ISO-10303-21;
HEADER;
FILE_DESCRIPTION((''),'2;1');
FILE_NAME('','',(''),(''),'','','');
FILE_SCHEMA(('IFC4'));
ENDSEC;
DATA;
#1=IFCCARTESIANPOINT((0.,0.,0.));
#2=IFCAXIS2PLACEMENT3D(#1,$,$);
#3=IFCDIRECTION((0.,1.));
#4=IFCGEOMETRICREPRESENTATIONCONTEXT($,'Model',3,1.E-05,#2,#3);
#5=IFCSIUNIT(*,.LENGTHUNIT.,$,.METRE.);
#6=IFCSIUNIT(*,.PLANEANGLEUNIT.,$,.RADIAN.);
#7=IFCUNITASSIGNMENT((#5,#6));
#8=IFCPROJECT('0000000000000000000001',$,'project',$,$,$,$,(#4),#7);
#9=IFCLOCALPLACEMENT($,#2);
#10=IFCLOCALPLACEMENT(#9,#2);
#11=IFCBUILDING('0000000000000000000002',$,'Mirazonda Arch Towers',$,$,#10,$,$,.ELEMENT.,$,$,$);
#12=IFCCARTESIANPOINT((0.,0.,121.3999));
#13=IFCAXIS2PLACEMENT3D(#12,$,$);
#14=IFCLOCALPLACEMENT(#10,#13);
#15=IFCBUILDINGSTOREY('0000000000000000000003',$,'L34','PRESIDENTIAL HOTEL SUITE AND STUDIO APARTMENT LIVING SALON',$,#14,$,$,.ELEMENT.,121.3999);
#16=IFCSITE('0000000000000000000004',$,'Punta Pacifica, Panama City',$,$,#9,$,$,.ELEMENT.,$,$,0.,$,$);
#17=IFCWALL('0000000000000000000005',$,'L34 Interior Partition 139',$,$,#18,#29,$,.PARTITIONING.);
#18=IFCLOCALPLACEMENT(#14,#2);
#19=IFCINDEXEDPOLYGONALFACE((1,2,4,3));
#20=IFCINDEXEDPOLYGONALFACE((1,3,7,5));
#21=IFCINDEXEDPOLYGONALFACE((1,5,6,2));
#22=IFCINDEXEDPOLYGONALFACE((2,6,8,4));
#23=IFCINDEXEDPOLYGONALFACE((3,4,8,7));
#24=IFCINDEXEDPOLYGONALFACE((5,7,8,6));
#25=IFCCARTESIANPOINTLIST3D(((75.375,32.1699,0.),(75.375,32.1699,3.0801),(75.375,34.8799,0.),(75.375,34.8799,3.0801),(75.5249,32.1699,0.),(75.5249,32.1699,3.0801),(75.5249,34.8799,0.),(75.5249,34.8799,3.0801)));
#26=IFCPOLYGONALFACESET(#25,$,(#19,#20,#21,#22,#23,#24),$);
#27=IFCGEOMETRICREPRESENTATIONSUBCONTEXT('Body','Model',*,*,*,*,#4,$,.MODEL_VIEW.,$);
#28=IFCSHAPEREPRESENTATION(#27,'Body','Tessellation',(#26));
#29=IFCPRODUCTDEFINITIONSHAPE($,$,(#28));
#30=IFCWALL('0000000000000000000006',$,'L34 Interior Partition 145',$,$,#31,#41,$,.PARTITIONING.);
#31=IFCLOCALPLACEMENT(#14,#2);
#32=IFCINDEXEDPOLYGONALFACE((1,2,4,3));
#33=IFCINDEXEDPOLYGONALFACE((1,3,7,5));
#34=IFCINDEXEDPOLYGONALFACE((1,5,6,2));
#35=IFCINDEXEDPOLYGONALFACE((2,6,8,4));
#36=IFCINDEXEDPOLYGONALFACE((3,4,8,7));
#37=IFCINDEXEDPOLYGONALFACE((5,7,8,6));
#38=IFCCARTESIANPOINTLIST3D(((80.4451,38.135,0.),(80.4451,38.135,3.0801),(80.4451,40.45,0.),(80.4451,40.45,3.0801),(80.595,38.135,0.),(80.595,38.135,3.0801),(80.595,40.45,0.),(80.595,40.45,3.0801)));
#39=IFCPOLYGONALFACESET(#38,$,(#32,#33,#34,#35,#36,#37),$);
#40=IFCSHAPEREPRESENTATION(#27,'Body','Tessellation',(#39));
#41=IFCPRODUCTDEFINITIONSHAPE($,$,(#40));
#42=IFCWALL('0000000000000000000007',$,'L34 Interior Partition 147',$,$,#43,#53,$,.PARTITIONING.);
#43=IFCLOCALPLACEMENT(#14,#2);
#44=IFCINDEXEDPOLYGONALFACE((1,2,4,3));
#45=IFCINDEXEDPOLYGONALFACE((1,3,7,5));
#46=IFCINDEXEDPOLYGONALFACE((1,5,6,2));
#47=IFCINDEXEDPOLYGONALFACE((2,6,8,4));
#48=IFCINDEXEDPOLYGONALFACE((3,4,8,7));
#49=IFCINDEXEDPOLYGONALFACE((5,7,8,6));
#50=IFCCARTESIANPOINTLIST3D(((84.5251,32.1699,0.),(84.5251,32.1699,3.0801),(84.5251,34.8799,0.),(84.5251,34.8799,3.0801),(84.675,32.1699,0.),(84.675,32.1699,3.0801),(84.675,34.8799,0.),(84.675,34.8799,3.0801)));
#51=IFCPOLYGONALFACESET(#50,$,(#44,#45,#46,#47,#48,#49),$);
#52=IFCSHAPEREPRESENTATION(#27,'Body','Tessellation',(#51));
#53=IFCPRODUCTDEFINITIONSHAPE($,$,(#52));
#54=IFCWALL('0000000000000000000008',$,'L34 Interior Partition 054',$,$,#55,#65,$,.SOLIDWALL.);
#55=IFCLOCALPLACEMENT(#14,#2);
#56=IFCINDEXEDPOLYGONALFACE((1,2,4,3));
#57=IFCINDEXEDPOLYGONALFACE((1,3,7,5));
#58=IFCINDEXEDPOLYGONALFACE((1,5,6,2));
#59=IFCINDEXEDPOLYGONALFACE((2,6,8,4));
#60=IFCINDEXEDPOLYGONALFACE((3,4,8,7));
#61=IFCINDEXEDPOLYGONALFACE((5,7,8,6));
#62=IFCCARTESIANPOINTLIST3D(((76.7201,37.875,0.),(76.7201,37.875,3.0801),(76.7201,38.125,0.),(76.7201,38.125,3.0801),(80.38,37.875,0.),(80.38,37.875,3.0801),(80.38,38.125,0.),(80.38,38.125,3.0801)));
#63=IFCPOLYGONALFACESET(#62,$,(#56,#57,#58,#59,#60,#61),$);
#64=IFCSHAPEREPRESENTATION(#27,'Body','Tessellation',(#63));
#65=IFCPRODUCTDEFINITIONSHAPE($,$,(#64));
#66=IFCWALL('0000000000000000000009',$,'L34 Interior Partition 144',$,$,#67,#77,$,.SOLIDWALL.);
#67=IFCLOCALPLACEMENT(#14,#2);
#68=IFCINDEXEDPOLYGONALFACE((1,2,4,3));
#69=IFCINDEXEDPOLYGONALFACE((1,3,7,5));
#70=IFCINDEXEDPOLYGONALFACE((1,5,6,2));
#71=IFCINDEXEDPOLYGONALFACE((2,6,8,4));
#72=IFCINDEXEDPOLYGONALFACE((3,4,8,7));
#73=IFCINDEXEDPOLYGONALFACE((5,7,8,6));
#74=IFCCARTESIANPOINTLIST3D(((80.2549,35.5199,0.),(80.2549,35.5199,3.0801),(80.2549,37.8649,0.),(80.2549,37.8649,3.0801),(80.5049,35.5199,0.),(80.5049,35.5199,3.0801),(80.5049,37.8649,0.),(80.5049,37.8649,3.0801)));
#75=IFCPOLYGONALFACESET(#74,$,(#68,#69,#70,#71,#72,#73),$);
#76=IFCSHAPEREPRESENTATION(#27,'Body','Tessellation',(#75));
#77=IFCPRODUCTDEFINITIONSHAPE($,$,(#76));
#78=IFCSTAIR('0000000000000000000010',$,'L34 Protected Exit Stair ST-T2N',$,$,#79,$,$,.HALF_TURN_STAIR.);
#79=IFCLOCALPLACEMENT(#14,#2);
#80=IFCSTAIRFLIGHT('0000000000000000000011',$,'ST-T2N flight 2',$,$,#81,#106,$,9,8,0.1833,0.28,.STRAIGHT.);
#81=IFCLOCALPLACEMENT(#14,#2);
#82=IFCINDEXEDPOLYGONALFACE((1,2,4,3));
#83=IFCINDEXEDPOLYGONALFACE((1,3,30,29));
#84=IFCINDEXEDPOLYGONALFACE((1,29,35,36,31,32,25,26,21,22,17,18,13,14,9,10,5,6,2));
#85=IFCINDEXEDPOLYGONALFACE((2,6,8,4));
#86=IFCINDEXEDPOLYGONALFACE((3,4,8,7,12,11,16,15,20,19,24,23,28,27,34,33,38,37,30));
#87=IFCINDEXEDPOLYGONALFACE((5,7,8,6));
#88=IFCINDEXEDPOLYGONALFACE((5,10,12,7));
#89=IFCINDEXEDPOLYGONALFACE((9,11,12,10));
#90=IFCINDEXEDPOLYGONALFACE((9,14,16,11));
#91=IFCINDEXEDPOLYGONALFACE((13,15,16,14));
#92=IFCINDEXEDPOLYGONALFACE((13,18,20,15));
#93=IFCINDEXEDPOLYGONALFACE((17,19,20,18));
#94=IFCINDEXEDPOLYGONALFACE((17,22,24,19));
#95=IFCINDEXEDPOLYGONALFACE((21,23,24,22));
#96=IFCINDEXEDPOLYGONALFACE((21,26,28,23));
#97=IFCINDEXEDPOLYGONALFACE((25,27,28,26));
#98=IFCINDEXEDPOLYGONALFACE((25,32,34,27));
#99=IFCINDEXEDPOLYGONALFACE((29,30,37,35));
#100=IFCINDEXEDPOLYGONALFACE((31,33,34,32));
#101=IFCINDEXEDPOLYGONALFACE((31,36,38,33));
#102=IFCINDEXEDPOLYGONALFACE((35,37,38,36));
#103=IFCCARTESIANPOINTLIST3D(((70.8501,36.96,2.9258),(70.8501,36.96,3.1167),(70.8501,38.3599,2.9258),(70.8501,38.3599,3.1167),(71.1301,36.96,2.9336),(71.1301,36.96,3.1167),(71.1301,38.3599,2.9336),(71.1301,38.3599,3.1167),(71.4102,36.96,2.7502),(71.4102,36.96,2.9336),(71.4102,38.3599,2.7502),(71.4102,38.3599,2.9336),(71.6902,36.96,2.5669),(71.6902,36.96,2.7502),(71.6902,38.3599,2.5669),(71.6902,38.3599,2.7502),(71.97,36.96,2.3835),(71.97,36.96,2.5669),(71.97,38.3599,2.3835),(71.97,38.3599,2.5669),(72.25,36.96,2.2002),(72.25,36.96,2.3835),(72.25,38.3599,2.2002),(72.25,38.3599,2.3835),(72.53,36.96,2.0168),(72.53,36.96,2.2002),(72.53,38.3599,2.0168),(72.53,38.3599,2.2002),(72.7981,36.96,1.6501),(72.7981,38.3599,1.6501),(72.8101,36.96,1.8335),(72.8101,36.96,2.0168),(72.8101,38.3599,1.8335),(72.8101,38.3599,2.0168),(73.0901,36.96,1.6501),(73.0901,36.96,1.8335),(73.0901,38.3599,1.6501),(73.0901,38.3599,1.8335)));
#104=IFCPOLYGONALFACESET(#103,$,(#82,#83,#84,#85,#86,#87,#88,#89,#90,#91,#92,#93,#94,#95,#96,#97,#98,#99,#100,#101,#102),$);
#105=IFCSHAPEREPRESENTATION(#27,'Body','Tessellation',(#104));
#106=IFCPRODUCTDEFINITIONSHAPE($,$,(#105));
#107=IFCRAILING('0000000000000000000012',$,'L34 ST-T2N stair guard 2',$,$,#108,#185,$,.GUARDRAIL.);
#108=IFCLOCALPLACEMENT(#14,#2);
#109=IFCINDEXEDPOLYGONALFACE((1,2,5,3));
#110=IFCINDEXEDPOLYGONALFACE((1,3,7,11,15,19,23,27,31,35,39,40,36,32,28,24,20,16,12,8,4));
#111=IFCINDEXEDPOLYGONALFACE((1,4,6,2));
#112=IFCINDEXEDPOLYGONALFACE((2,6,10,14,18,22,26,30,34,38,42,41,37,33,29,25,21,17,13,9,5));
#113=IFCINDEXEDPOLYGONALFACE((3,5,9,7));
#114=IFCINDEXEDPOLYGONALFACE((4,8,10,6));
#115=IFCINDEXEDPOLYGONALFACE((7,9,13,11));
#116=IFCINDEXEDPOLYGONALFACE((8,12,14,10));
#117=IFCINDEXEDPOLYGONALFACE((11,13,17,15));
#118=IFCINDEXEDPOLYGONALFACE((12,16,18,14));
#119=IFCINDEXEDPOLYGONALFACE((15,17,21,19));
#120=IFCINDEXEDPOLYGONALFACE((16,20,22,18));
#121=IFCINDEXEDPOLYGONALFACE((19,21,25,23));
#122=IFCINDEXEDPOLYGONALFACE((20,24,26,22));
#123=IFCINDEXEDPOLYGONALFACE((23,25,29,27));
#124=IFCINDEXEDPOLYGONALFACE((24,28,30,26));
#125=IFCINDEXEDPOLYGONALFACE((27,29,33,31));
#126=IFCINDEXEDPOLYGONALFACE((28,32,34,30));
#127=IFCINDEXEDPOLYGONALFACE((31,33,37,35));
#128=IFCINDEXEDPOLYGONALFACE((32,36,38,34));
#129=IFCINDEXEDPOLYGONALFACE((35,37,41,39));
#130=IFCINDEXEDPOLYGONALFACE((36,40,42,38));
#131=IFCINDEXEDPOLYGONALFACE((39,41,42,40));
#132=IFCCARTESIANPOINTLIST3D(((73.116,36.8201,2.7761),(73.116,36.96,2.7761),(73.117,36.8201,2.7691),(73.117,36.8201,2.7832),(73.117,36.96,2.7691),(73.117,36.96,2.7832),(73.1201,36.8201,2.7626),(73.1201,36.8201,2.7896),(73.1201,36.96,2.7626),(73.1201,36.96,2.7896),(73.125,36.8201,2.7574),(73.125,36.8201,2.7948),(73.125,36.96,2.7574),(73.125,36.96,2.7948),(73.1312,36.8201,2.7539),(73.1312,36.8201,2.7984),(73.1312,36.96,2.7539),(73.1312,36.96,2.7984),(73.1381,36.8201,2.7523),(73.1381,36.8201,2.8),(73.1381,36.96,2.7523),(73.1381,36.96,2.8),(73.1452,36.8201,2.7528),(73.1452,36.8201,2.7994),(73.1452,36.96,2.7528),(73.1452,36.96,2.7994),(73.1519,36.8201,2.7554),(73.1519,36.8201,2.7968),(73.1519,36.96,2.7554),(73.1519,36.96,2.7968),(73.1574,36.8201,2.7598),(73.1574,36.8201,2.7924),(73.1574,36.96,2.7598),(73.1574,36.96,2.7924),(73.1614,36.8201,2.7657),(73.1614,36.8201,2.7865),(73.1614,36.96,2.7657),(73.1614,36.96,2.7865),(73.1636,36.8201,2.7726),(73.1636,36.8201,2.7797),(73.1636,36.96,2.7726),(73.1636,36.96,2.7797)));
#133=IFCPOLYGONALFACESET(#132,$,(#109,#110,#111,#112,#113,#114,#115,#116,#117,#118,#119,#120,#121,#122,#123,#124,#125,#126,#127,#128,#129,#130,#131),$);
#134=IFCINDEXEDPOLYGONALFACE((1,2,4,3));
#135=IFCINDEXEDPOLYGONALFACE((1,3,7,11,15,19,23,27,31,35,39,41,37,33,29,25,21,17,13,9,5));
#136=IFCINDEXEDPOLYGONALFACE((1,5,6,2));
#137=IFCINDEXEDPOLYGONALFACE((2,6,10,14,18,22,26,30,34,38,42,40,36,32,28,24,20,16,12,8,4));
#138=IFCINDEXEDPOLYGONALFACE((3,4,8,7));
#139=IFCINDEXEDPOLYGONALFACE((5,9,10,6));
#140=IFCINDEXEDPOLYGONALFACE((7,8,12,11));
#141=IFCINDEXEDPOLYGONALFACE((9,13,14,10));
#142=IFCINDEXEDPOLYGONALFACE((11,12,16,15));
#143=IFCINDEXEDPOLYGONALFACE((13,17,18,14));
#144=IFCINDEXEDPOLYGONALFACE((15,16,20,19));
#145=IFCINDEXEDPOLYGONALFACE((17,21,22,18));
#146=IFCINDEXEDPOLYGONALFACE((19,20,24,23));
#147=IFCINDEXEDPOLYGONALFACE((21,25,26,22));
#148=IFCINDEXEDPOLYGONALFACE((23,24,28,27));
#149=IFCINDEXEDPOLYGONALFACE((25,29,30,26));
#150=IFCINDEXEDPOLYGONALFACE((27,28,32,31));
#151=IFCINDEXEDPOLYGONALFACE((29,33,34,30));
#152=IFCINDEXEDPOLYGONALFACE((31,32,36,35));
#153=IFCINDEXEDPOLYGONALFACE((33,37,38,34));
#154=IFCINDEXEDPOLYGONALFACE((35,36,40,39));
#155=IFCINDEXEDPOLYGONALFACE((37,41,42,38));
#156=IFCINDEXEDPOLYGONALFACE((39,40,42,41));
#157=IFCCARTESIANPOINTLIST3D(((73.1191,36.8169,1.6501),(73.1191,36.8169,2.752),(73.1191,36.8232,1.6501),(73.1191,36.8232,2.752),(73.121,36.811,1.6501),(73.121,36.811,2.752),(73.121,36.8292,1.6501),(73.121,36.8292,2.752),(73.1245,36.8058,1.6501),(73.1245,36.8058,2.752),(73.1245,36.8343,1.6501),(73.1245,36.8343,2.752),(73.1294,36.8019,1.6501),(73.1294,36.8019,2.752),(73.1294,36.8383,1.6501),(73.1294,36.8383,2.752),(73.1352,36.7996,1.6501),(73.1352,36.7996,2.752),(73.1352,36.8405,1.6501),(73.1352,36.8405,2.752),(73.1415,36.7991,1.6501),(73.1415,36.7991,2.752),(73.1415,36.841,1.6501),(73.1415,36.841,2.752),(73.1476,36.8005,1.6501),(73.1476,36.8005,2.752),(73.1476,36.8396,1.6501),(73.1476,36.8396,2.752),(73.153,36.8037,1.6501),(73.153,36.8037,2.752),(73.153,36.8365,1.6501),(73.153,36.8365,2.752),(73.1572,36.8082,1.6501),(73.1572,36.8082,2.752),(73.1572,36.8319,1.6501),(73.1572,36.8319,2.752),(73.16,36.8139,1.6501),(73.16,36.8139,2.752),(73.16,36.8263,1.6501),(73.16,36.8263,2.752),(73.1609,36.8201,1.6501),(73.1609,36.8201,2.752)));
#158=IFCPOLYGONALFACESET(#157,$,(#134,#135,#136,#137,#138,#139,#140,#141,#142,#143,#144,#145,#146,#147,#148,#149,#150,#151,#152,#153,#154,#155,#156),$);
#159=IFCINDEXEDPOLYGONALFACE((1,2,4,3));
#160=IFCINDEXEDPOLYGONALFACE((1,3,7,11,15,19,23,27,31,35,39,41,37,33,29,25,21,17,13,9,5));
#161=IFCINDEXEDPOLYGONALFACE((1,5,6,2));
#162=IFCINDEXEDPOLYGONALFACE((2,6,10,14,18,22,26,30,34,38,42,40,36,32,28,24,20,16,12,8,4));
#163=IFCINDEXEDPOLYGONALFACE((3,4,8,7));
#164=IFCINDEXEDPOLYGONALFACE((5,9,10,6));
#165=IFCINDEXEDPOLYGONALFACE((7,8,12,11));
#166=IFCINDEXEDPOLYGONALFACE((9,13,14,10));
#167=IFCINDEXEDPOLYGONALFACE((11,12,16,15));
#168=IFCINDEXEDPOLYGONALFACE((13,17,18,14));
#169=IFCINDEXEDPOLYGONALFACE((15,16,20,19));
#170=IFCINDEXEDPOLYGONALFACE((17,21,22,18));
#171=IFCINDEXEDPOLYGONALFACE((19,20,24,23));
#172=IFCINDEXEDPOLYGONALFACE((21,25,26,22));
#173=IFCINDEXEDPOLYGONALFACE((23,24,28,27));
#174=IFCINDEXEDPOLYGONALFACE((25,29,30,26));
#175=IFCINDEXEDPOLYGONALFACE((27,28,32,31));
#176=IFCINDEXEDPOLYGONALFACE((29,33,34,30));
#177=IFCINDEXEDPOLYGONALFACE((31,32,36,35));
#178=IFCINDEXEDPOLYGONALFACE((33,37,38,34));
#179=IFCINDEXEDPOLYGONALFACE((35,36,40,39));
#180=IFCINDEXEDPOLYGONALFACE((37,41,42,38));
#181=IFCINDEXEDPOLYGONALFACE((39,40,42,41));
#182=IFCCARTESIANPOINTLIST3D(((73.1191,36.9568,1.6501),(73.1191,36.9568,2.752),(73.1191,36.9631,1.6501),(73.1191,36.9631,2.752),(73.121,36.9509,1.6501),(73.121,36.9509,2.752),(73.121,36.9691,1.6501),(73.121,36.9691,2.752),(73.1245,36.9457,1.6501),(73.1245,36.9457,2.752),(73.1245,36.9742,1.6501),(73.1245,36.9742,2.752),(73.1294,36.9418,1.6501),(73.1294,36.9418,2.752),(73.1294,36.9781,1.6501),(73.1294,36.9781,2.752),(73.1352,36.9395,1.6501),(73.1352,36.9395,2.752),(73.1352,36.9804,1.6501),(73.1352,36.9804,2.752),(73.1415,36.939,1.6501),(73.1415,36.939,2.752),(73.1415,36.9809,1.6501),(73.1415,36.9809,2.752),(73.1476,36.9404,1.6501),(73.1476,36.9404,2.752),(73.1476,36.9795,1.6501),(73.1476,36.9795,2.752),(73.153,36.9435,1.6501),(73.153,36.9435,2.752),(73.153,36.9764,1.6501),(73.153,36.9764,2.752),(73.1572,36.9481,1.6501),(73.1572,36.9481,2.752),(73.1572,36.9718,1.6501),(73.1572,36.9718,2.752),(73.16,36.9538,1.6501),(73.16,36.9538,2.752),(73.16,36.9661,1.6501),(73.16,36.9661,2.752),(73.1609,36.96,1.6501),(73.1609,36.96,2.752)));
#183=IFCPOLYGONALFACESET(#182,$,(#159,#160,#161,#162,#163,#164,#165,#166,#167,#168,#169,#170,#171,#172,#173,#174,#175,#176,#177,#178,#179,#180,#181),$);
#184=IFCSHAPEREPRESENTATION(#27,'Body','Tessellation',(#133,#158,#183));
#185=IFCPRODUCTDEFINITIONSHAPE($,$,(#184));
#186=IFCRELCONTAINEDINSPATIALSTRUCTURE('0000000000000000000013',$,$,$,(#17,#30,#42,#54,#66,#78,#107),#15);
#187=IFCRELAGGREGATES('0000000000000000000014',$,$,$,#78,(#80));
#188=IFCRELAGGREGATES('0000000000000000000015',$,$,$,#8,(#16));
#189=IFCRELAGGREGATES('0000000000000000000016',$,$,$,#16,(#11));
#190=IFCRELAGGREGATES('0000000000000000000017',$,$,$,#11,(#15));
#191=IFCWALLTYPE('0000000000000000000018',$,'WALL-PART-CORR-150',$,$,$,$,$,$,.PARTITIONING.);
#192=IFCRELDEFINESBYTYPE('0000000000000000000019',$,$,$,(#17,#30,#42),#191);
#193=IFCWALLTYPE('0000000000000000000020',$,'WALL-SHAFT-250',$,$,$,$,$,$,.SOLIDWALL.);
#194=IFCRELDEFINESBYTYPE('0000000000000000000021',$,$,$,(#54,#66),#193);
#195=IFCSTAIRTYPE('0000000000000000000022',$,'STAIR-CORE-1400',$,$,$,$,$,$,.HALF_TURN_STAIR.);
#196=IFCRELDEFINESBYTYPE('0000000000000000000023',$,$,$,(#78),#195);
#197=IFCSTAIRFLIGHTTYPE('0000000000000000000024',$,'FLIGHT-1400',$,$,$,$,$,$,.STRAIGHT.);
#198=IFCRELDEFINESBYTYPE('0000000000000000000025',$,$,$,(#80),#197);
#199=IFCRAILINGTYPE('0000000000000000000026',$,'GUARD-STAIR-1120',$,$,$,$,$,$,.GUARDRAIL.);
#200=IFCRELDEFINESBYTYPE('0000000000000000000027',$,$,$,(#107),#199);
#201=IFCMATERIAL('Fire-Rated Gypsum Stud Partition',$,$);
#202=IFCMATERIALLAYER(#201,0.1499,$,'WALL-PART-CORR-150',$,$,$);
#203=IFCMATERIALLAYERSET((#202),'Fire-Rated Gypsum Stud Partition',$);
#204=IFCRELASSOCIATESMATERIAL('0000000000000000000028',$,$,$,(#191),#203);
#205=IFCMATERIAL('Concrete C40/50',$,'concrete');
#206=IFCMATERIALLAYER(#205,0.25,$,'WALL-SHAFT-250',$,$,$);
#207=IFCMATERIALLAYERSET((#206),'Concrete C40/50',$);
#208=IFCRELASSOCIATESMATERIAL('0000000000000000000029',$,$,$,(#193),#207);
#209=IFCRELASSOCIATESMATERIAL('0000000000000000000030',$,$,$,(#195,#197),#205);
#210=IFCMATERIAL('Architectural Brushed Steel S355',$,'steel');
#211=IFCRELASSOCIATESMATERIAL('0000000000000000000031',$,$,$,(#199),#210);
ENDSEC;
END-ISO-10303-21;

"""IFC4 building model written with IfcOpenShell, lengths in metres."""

from ifc_helpers import new_model, si_unit, direction, frame, frame_2d, origin, origin_2d, place, context, subcontext, project, spatial, polyline, rectangle, circle, outline, extrude, material, layer, layer_set, type_object, element, aggregate, save


model = new_model("IFC4")

# Units and contexts
model_context = context("Model", 3, precision=1e-05, world=origin(), true_north=direction((0.0, 1.0)))
body_context = subcontext(model_context, "Body", "Model", "MODEL_VIEW")
ifc_project = project(units=[si_unit("LENGTHUNIT", "METRE"), si_unit("PLANEANGLEUNIT", "RADIAN")], contexts=[model_context])

# Site, building, storey
site_placement = place(None, origin())
site = spatial("IfcSite", under=ifc_project, at=site_placement, Name="Punta Pacifica, Panama City", CompositionType="ELEMENT", RefElevation=0.0)
building_placement = place(site_placement, origin())
building = spatial("IfcBuilding", under=site, at=building_placement, Name="Mirazonda Arch Towers", CompositionType="ELEMENT")
storey_placement = place(building_placement, frame((0.0, 0.0, 121.3999)))
storey = spatial("IfcBuildingStorey", under=building, at=storey_placement, Name="L34", Description="PRESIDENTIAL HOTEL SUITE AND STUDIO APARTMENT LIVING SALON", CompositionType="ELEMENT", Elevation=121.3999)

# Shared definitions
ifc_material_1 = material(Name="Concrete C40/50", Category="concrete")
ifc_material_2 = material(Name="Architectural Brushed Steel S355", Category="steel")

# Walls
ifc_material_3 = material(Name="Fire-Rated Gypsum Stud Partition")
ifc_layer_1 = layer(ifc_material_3, 0.1499, Name="WALL-PART-CORR-150")
ifc_layer_set_1 = layer_set([ifc_layer_1], Name="Fire-Rated Gypsum Stud Partition")
wall_type_1 = type_object("IfcWallType", Name="WALL-PART-CORR-150", PredefinedType="PARTITIONING", material=ifc_layer_set_1)
wall_1_placement = place(storey_placement, frame((75.45, 32.1699, 0.0), z_axis=(0.0, 0.0, 1.0), x_axis=(0.0, 1.0, 0.0)))
element("IfcWall", 1, at=wall_1_placement, inside=storey, type_object=wall_type_1, Name="L34 Interior Partition 139", PredefinedType="PARTITIONING", context=body_context, shape_type="SweptSolid", body=[
    extrude(rectangle(XDim=2.71, YDim=0.1499, at=frame_2d((1.355, 0.0))), origin(), (0.0, 0.0, 1.0), 3.0801),
])
wall_2_placement = place(storey_placement, frame((80.52, 38.135, 0.0), z_axis=(0.0, 0.0, 1.0), x_axis=(0.0, 1.0, 0.0)))
element("IfcWall", 2, at=wall_2_placement, inside=storey, type_object=wall_type_1, Name="L34 Interior Partition 145", PredefinedType="PARTITIONING", context=body_context, shape_type="SweptSolid", body=[
    extrude(rectangle(XDim=2.3149, YDim=0.1499, at=frame_2d((1.1575, 0.0))), origin(), (0.0, 0.0, 1.0), 3.0801),
])
wall_3_placement = place(storey_placement, frame((84.6001, 32.1699, 0.0), z_axis=(0.0, 0.0, 1.0), x_axis=(0.0, 1.0, 0.0)))
element("IfcWall", 3, at=wall_3_placement, inside=storey, type_object=wall_type_1, Name="L34 Interior Partition 147", PredefinedType="PARTITIONING", context=body_context, shape_type="SweptSolid", body=[
    extrude(rectangle(XDim=2.71, YDim=0.1499, at=frame_2d((1.355, 0.0))), origin(), (0.0, 0.0, 1.0), 3.0801),
])
ifc_layer_2 = layer(ifc_material_1, 0.25, Name="WALL-SHAFT-250")
ifc_layer_set_2 = layer_set([ifc_layer_2], Name="Concrete C40/50")
wall_type_2 = type_object("IfcWallType", Name="WALL-SHAFT-250", PredefinedType="SOLIDWALL", material=ifc_layer_set_2)
wall_4_placement = place(storey_placement, frame((76.72, 38.0, 0.0), z_axis=(0.0, 0.0, 1.0), x_axis=(1.0, 0.0, 0.0)))
element("IfcWall", 4, at=wall_4_placement, inside=storey, type_object=wall_type_2, Name="L34 Interior Partition 054", PredefinedType="SOLIDWALL", context=body_context, shape_type="SweptSolid", body=[
    extrude(rectangle(XDim=3.6599, YDim=0.25, at=frame_2d((1.8301, 0.0))), origin(), (0.0, 0.0, 1.0), 3.0801),
])
wall_5_placement = place(storey_placement, frame((80.3799, 35.52, 0.0), z_axis=(0.0, 0.0, 1.0), x_axis=(0.0, 1.0, 0.0)))
element("IfcWall", 5, at=wall_5_placement, inside=storey, type_object=wall_type_2, Name="L34 Interior Partition 144", PredefinedType="SOLIDWALL", context=body_context, shape_type="SweptSolid", body=[
    extrude(rectangle(XDim=2.345, YDim=0.25, at=frame_2d((1.1724, 0.0))), origin(), (0.0, 0.0, 1.0), 3.0801),
])

# Stair, stair flight
stair_type = type_object("IfcStairType", Name="STAIR-CORE-1400", PredefinedType="HALF_TURN_STAIR", material=ifc_material_1)
stair_placement = place(storey_placement, origin())
stair = element("IfcStair", 6, at=stair_placement, inside=storey, type_object=stair_type, Name="L34 Protected Exit Stair ST-T2N", PredefinedType="HALF_TURN_STAIR")
stair_flight_type = type_object("IfcStairFlightType", Name="FLIGHT-1400", PredefinedType="STRAIGHT", material=ifc_material_1)
stair_flight_placement = place(storey_placement, frame((73.0901, 37.6599, 1.6501), z_axis=(0.0, 0.0, 1.0), x_axis=(-1.0, 0.0, 0.0)))
stair_flight = element("IfcStairFlight", 7, at=stair_flight_placement, type_object=stair_flight_type, Name="ST-T2N flight 2", NumberOfRisers=9, NumberOfTreads=8, PredefinedType="STRAIGHT", RiserHeight=0.1833, TreadLength=0.28, context=body_context, shape_type="SweptSolid", body=[
    extrude(outline(polyline([(0.0, 0.0), (0.0, 0.1833), (0.28, 0.1833), (0.28, 0.3667), (0.5601, 0.3667), (0.5601, 0.55), (0.8401, 0.55), (0.8401, 0.7334), (1.1201, 0.7334), (1.1201, 0.9167), (1.3999, 0.9167), (1.3999, 1.1001), (1.6799, 1.1001), (1.6799, 1.2834), (1.96, 1.2834), (1.96, 1.4666), (2.24, 1.4666), (2.24, 1.6499), (2.24, 1.2756), (0.292, 0.0), (0.0, 0.0)])), frame((0.0, 0.7, 0.0), z_axis=(0.0, -1.0, 0.0), x_axis=(1.0, 0.0, 0.0)), (0.0, 0.0, 1.0), 1.3999),
])
aggregate(stair, [stair_flight])

# Railing
railing_type_1 = type_object("IfcRailingType", Name="GUARD-STAIR-1120", PredefinedType="GUARDRAIL", material=ifc_material_2)
railing_1_placement = place(storey_placement, frame((73.1399, 36.8201, 1.6501)))
element("IfcRailing", 8, at=railing_1_placement, inside=storey, type_object=railing_type_1, Name="L34 ST-T2N stair guard 2", PredefinedType="GUARDRAIL", context=body_context, shape_type="SweptSolid", body=[
    extrude(circle(Radius=0.0239, at=origin_2d()), frame((0.0, 0.0, 1.126), z_axis=(0.0, 1.0, 0.0), x_axis=(-1.0, 0.0, 0.0)), (0.0, 0.0, 1.0), 0.1399),
    extrude(circle(Radius=0.021, at=origin_2d()), origin(), (0.0, 0.0, 1.0), 1.1018),
    extrude(circle(Radius=0.021, at=origin_2d()), frame((0.0, 0.1399, 0.0)), (0.0, 0.0, 1.0), 1.1018),
])

save(model, "model.ifc")
